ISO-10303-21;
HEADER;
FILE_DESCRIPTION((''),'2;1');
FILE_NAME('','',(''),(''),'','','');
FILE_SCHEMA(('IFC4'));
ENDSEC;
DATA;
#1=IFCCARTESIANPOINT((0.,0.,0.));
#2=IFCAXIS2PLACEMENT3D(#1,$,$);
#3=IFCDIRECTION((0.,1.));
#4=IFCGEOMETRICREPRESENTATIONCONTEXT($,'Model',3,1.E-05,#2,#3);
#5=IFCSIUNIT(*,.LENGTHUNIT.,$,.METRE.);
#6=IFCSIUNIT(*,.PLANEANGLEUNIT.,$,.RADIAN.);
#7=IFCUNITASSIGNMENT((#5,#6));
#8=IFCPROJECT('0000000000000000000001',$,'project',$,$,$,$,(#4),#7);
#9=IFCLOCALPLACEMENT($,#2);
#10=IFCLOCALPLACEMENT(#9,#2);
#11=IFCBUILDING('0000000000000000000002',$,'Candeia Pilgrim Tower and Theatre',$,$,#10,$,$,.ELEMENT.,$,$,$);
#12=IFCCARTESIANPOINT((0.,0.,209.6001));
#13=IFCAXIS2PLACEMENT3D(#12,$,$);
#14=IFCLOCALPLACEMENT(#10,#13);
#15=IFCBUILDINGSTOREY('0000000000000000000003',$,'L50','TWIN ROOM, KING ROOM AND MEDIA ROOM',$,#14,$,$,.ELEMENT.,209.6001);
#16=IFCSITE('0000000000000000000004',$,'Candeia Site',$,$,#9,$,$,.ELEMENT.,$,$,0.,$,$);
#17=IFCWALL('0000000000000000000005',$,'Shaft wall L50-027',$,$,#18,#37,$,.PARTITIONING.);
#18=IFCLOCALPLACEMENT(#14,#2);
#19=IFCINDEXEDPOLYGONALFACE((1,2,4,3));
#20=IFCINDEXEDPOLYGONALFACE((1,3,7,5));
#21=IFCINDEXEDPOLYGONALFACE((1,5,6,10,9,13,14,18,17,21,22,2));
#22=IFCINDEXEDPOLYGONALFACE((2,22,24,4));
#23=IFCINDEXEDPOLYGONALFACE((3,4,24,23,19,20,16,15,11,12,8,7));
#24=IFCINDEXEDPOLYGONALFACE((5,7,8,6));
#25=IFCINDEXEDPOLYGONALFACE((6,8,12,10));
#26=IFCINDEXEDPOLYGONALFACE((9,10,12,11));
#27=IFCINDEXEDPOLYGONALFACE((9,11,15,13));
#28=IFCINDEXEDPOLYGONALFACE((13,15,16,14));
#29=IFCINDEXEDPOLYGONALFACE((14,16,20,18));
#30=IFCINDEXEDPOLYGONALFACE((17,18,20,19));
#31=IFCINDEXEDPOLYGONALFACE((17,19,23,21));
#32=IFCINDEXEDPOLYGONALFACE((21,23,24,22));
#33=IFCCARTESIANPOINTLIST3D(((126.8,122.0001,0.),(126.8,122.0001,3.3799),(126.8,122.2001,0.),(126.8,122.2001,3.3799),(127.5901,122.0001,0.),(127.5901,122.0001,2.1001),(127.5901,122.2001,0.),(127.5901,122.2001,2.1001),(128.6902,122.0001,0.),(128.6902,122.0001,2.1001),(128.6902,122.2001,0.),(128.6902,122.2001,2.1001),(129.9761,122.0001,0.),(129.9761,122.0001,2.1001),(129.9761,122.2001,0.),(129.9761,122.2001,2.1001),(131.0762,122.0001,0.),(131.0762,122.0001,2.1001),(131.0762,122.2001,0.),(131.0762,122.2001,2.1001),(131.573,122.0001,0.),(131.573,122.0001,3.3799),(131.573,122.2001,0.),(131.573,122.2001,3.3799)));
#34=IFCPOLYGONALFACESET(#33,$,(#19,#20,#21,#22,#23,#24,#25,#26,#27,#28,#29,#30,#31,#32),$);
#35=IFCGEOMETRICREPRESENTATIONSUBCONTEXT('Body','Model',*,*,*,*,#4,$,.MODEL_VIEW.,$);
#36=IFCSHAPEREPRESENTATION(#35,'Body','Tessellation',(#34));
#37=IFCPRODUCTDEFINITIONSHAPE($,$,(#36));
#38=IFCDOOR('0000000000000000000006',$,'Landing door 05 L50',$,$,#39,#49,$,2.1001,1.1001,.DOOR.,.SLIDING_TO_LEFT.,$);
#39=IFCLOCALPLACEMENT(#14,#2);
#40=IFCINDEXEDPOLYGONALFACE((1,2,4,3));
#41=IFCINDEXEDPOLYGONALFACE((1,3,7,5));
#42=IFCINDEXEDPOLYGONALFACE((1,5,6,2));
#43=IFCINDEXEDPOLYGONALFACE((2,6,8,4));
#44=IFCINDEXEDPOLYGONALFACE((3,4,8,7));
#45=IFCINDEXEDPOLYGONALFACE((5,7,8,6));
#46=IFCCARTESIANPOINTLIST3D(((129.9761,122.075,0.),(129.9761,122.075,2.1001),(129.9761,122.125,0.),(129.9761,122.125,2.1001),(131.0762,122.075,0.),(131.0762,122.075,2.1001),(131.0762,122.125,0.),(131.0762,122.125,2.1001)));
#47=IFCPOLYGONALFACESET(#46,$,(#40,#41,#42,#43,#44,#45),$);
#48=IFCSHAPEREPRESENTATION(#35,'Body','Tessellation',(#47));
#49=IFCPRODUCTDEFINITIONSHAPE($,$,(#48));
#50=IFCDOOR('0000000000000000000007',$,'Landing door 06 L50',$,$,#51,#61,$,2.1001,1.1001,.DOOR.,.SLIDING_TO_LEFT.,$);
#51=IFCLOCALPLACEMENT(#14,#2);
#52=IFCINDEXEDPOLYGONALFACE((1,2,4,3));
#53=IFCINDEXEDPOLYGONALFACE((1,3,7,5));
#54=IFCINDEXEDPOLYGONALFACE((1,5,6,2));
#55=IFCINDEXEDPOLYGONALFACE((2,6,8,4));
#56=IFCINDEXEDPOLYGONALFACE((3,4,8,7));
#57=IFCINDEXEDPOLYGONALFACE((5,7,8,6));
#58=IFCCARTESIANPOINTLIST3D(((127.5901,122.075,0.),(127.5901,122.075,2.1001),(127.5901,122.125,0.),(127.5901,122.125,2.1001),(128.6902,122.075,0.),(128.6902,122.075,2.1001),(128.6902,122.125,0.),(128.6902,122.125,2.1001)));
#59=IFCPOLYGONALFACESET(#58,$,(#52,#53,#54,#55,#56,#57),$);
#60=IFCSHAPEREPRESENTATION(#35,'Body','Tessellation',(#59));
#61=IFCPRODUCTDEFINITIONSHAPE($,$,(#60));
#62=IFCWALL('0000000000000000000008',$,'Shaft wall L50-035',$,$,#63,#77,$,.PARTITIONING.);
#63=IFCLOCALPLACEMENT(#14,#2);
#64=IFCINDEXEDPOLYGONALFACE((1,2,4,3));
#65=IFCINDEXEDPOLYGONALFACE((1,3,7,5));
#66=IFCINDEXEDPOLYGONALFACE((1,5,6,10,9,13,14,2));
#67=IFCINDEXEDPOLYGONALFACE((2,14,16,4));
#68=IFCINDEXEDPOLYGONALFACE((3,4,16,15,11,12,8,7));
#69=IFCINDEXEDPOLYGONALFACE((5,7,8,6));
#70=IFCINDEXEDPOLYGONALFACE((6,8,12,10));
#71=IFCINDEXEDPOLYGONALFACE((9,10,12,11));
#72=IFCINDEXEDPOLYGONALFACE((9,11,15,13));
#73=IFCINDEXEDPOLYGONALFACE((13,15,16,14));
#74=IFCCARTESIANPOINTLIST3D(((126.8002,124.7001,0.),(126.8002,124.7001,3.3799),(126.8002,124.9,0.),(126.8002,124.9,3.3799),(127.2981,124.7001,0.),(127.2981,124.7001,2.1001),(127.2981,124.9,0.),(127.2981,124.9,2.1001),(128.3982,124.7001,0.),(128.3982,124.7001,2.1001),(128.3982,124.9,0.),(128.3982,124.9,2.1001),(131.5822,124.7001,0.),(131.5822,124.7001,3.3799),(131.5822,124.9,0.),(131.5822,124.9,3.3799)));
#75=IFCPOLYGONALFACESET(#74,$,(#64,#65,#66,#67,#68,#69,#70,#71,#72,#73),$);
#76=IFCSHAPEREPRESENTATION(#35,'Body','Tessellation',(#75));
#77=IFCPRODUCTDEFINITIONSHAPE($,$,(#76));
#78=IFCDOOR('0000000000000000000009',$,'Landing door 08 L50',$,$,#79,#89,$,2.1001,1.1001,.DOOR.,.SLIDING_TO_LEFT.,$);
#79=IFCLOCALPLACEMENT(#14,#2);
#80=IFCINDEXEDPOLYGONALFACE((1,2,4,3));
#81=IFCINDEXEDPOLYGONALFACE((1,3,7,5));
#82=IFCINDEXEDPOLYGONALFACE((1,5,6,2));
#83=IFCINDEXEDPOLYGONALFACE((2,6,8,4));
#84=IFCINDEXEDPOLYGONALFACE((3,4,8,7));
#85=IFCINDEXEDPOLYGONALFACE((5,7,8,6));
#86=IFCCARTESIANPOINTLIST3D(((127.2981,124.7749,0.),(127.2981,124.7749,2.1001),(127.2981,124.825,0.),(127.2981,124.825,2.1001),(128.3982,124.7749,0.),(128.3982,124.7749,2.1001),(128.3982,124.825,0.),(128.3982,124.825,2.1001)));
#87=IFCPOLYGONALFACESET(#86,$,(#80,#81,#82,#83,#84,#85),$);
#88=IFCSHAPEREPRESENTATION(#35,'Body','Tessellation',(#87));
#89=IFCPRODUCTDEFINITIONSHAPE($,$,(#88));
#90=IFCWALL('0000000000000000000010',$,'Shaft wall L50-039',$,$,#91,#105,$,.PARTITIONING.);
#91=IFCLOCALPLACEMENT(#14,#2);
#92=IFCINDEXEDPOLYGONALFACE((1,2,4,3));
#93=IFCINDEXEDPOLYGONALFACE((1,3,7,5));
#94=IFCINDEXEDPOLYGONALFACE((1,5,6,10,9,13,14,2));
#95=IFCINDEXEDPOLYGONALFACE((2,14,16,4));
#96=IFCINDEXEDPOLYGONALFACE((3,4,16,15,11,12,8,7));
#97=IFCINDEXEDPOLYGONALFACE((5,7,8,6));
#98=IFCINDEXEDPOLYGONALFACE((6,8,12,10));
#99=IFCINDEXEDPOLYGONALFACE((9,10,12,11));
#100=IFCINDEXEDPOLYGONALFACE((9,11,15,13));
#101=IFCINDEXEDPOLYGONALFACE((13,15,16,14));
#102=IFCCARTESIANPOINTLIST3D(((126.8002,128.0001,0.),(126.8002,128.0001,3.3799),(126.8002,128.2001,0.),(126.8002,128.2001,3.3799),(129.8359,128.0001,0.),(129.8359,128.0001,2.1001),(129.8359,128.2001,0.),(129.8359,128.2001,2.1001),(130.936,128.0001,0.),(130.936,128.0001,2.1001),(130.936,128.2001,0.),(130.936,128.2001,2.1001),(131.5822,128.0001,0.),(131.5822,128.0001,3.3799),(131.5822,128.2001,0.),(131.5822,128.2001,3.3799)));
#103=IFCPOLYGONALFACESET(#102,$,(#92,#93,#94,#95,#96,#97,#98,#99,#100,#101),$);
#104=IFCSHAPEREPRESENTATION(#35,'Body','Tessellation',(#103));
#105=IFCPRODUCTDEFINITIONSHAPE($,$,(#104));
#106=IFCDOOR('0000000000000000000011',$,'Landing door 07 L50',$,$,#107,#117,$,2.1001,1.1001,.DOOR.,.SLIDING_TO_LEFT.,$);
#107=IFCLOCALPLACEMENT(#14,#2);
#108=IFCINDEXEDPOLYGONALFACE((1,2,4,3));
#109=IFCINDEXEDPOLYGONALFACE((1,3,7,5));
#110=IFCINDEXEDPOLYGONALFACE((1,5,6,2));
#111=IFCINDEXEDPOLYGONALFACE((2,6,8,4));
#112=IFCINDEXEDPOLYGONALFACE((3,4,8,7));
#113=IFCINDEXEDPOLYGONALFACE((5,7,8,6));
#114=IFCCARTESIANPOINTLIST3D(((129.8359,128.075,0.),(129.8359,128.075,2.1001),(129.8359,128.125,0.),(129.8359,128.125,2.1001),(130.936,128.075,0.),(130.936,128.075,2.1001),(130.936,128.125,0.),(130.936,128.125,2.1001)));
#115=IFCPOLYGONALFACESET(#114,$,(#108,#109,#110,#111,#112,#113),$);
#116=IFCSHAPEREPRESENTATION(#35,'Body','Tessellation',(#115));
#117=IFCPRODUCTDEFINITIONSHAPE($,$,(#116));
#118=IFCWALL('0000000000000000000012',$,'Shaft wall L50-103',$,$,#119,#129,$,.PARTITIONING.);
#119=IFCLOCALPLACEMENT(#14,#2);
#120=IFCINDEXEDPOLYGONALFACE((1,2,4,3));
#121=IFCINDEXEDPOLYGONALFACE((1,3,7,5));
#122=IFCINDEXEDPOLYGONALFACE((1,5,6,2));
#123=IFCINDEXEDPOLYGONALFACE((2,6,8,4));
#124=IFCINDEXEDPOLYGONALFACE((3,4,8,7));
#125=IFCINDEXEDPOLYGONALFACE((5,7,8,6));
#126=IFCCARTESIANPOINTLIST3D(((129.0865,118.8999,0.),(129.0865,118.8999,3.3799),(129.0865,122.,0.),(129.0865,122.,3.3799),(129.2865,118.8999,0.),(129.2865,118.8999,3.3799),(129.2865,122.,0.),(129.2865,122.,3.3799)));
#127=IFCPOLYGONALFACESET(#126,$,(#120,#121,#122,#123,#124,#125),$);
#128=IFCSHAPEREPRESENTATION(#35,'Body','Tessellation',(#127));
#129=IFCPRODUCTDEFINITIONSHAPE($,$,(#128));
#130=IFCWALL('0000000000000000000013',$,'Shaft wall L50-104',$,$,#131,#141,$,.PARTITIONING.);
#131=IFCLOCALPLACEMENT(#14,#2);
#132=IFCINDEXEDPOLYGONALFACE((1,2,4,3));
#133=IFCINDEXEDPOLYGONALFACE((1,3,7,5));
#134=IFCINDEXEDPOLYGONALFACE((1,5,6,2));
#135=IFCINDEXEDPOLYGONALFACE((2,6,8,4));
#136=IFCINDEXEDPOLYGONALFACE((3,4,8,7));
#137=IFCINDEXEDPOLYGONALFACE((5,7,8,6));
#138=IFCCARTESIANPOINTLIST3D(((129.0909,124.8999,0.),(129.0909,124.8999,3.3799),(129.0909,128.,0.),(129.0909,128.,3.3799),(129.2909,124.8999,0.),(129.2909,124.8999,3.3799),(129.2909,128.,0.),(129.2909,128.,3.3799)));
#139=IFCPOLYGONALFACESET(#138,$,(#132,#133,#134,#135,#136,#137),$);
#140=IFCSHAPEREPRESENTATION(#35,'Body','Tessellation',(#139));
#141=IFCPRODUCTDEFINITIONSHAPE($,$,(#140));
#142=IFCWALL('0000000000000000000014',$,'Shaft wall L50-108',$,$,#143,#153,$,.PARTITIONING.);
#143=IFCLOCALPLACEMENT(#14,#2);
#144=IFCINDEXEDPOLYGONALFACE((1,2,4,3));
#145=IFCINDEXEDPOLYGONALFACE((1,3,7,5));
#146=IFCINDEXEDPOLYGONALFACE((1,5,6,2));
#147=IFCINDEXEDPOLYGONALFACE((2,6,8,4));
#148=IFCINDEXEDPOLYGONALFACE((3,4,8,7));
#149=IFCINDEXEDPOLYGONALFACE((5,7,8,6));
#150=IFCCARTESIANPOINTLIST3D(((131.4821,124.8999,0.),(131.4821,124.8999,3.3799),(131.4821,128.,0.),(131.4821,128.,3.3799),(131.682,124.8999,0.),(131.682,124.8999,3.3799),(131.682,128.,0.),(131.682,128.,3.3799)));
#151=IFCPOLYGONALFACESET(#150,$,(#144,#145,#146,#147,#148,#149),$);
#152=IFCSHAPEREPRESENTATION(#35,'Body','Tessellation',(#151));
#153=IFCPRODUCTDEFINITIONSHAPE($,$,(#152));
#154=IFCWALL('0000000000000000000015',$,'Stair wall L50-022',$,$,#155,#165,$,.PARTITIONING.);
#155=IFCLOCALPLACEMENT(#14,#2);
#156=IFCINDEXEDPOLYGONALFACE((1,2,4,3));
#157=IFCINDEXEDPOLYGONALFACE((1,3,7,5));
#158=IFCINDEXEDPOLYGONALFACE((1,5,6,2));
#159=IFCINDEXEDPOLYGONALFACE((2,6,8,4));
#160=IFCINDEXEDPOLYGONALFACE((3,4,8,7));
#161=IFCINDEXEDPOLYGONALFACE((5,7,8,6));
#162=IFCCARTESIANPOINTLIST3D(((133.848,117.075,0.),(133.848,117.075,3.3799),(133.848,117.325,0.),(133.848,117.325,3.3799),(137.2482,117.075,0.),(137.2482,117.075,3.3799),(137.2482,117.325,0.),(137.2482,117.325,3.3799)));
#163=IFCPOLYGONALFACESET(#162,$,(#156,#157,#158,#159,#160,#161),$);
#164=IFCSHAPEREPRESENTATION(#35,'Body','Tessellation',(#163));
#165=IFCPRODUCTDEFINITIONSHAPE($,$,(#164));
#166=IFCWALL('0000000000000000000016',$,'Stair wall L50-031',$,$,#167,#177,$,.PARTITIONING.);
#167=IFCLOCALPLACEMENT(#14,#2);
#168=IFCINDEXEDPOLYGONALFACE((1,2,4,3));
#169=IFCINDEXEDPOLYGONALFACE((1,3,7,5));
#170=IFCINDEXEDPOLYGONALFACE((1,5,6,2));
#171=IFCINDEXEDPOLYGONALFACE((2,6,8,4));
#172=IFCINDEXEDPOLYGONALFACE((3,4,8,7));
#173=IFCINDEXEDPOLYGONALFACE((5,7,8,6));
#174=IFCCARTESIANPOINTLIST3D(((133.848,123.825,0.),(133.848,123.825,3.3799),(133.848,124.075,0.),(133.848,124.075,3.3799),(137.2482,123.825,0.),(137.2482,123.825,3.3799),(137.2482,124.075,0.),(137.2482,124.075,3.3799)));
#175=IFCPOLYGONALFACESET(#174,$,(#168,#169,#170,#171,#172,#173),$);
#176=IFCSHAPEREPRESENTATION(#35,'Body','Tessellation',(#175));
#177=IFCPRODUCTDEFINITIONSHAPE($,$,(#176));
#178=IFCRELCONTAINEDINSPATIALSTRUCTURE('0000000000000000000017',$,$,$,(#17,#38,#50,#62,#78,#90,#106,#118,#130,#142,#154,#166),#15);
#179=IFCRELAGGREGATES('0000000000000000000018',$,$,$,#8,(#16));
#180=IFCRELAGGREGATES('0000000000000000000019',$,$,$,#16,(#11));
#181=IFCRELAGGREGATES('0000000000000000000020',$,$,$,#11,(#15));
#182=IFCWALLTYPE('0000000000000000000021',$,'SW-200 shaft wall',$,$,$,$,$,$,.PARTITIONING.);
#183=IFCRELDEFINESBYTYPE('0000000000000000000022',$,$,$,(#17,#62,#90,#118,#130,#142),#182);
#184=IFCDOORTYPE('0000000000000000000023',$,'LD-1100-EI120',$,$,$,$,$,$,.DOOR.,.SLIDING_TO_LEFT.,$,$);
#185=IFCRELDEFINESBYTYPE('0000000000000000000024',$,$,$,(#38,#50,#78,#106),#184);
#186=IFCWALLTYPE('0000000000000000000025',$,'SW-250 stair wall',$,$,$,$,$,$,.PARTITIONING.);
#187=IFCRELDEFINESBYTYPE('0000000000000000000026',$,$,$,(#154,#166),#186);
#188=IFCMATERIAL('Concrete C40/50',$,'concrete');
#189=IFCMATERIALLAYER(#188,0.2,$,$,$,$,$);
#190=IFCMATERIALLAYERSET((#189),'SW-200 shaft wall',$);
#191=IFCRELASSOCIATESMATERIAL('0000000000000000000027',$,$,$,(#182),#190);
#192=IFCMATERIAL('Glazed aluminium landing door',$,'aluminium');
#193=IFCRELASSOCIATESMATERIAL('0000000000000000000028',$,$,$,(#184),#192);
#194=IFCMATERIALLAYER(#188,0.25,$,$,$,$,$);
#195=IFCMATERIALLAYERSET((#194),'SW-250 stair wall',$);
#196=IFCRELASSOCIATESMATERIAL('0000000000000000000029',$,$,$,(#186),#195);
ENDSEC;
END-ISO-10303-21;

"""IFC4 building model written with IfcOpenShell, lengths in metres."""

from ifc_helpers import new_model, si_unit, direction, frame, frame_2d, origin, place, context, subcontext, project, spatial, rectangle, extrude, material, layer, layer_set, type_object, element, fill, save


model = new_model("IFC4")

# Units and contexts
model_context = context("Model", 3, precision=1e-05, world=origin(), true_north=direction((0.0, 1.0)))
body_context = subcontext(model_context, "Body", "Model", "MODEL_VIEW")
ifc_project = project(units=[si_unit("LENGTHUNIT", "METRE"), si_unit("PLANEANGLEUNIT", "RADIAN")], contexts=[model_context])

# Site, building, storey
site_placement = place(None, origin())
site = spatial("IfcSite", under=ifc_project, at=site_placement, Name="Candeia Site", CompositionType="ELEMENT", RefElevation=0.0)
building_placement = place(site_placement, origin())
building = spatial("IfcBuilding", under=site, at=building_placement, Name="Candeia Pilgrim Tower and Theatre", CompositionType="ELEMENT")
storey_placement = place(building_placement, frame((0.0, 0.0, 209.6001)))
storey = spatial("IfcBuildingStorey", under=building, at=storey_placement, Name="L50", Description="TWIN ROOM, KING ROOM AND MEDIA ROOM", CompositionType="ELEMENT", Elevation=209.6001)

# Shared definitions
ifc_material_1 = material(Name="Concrete C40/50", Category="concrete")
ifc_layer_1 = layer(ifc_material_1, 0.2)
ifc_layer_set_1 = layer_set([ifc_layer_1], Name="SW-200 shaft wall")
wall_type_1 = type_object("IfcWallType", Name="SW-200 shaft wall", PredefinedType="PARTITIONING", material=ifc_layer_set_1)

# Wall, openings, doors
wall_1_placement = place(storey_placement, frame((126.8, 122.1001, 0.0), z_axis=(0.0, 0.0, 1.0), x_axis=(1.0, 0.0, 0.0)))
wall_1 = element("IfcWall", 1, at=wall_1_placement, inside=storey, type_object=wall_type_1, Name="Shaft wall L50-027", PredefinedType="PARTITIONING", context=body_context, shape_type="SweptSolid", body=[
    extrude(rectangle(XDim=4.7729, YDim=0.2, at=frame_2d((2.3865, 0.0))), origin(), (0.0, 0.0, 1.0), 3.3799),
])
opening_1_placement = place(wall_1_placement, frame((3.176, 0.0, 0.0)))
opening_1 = element("IfcOpeningElement", 2, at=opening_1_placement, cuts=wall_1, PredefinedType="OPENING", context=body_context, shape_type="SweptSolid", body=[
    extrude(rectangle(XDim=1.1001, YDim=2.1001, at=frame_2d((0.55, 1.05))), frame((0.0, 0.1099, 0.0), z_axis=(0.0, -1.0, 0.0), x_axis=(1.0, 0.0, 0.0)), (0.0, 0.0, 1.0), 0.22),
])
opening_2_placement = place(wall_1_placement, frame((0.79, 0.0, 0.0)))
opening_2 = element("IfcOpeningElement", 3, at=opening_2_placement, cuts=wall_1, PredefinedType="OPENING", context=body_context, shape_type="SweptSolid", body=[
    extrude(rectangle(XDim=1.1001, YDim=2.1001, at=frame_2d((0.55, 1.05))), frame((0.0, 0.1099, 0.0), z_axis=(0.0, -1.0, 0.0), x_axis=(1.0, 0.0, 0.0)), (0.0, 0.0, 1.0), 0.22),
])
ifc_material_2 = material(Name="Glazed aluminium landing door", Category="aluminium")
door_type_1 = type_object("IfcDoorType", Name="LD-1100-EI120", OperationType="SLIDING_TO_LEFT", PredefinedType="DOOR", material=ifc_material_2)
door_1_placement = place(opening_1_placement, origin())
door_1 = element("IfcDoor", 4, at=door_1_placement, inside=storey, type_object=door_type_1, Name="Landing door 05 L50", OperationType="SLIDING_TO_LEFT", OverallHeight=2.1001, OverallWidth=1.1001, PredefinedType="DOOR", context=body_context, shape_type="SweptSolid", body=[
    extrude(rectangle(XDim=1.1001, YDim=2.1001, at=frame_2d((0.55, 1.05))), frame((0.0, 0.0249, 0.0), z_axis=(0.0, -1.0, 0.0), x_axis=(1.0, 0.0, 0.0)), (0.0, 0.0, 1.0), 0.05),
])
fill(opening_1, door_1)
door_2_placement = place(opening_2_placement, origin())
door_2 = element("IfcDoor", 5, at=door_2_placement, inside=storey, type_object=door_type_1, Name="Landing door 06 L50", OperationType="SLIDING_TO_LEFT", OverallHeight=2.1001, OverallWidth=1.1001, PredefinedType="DOOR", context=body_context, shape_type="SweptSolid", body=[
    extrude(rectangle(XDim=1.1001, YDim=2.1001, at=frame_2d((0.55, 1.05))), frame((0.0, 0.0249, 0.0), z_axis=(0.0, -1.0, 0.0), x_axis=(1.0, 0.0, 0.0)), (0.0, 0.0, 1.0), 0.05),
])
fill(opening_2, door_2)

# Walls, openings, doors
wall_2_placement = place(storey_placement, frame((126.8, 124.8, 0.0), z_axis=(0.0, 0.0, 1.0), x_axis=(1.0, 0.0, 0.0)))
wall_2 = element("IfcWall", 6, at=wall_2_placement, inside=storey, type_object=wall_type_1, Name="Shaft wall L50-035", PredefinedType="PARTITIONING", context=body_context, shape_type="SweptSolid", body=[
    extrude(rectangle(XDim=4.782, YDim=0.2, at=frame_2d((2.3911, 0.0))), origin(), (0.0, 0.0, 1.0), 3.3799),
])
opening_3_placement = place(wall_2_placement, frame((0.498, 0.0, 0.0)))
opening_3 = element("IfcOpeningElement", 7, at=opening_3_placement, cuts=wall_2, PredefinedType="OPENING", context=body_context, shape_type="SweptSolid", body=[
    extrude(rectangle(XDim=1.1001, YDim=2.1001, at=frame_2d((0.55, 1.05))), frame((0.0, 0.1099, 0.0), z_axis=(0.0, -1.0, 0.0), x_axis=(1.0, 0.0, 0.0)), (0.0, 0.0, 1.0), 0.22),
])
door_3_placement = place(opening_3_placement, origin())
door_3 = element("IfcDoor", 8, at=door_3_placement, inside=storey, type_object=door_type_1, Name="Landing door 08 L50", OperationType="SLIDING_TO_LEFT", OverallHeight=2.1001, OverallWidth=1.1001, PredefinedType="DOOR", context=body_context, shape_type="SweptSolid", body=[
    extrude(rectangle(XDim=1.1001, YDim=2.1001, at=frame_2d((0.55, 1.05))), frame((0.0, 0.0249, 0.0), z_axis=(0.0, -1.0, 0.0), x_axis=(1.0, 0.0, 0.0)), (0.0, 0.0, 1.0), 0.05),
])
fill(opening_3, door_3)
wall_3_placement = place(storey_placement, frame((126.8, 128.1001, 0.0), z_axis=(0.0, 0.0, 1.0), x_axis=(1.0, 0.0, 0.0)))
wall_3 = element("IfcWall", 9, at=wall_3_placement, inside=storey, type_object=wall_type_1, Name="Shaft wall L50-039", PredefinedType="PARTITIONING", context=body_context, shape_type="SweptSolid", body=[
    extrude(rectangle(XDim=4.782, YDim=0.2, at=frame_2d((2.3911, 0.0))), origin(), (0.0, 0.0, 1.0), 3.3799),
])
opening_4_placement = place(wall_3_placement, frame((3.0359, 0.0, 0.0)))
opening_4 = element("IfcOpeningElement", 10, at=opening_4_placement, cuts=wall_3, PredefinedType="OPENING", context=body_context, shape_type="SweptSolid", body=[
    extrude(rectangle(XDim=1.1001, YDim=2.1001, at=frame_2d((0.55, 1.05))), frame((0.0, 0.1099, 0.0), z_axis=(0.0, -1.0, 0.0), x_axis=(1.0, 0.0, 0.0)), (0.0, 0.0, 1.0), 0.22),
])
door_4_placement = place(opening_4_placement, origin())
door_4 = element("IfcDoor", 11, at=door_4_placement, inside=storey, type_object=door_type_1, Name="Landing door 07 L50", OperationType="SLIDING_TO_LEFT", OverallHeight=2.1001, OverallWidth=1.1001, PredefinedType="DOOR", context=body_context, shape_type="SweptSolid", body=[
    extrude(rectangle(XDim=1.1001, YDim=2.1001, at=frame_2d((0.55, 1.05))), frame((0.0, 0.0249, 0.0), z_axis=(0.0, -1.0, 0.0), x_axis=(1.0, 0.0, 0.0)), (0.0, 0.0, 1.0), 0.05),
])
fill(opening_4, door_4)

# Walls
for number, where, z_axis, x_axis, name in (
    (12, (129.1865, 118.8999, 0.0), (0.0, 0.0, 1.0), (0.0, 1.0, 0.0), "Shaft wall L50-103"),
    (13, (129.1909, 124.8999, 0.0), (0.0, 0.0, 1.0), (0.0, 1.0, 0.0), "Shaft wall L50-104"),
    (14, (131.582, 124.8999, 0.0), (0.0, 0.0, 1.0), (0.0, 1.0, 0.0), "Shaft wall L50-108"),
):
    element("IfcWall", number, at=place(storey_placement, frame(where, z_axis=z_axis, x_axis=x_axis)), inside=storey, type_object=wall_type_1, Name=name, PredefinedType="PARTITIONING", context=body_context, shape_type="SweptSolid", body=[
        extrude(rectangle(XDim=3.1001, YDim=0.2, at=frame_2d((1.55, 0.0))), origin(), (0.0, 0.0, 1.0), 3.3799),
    ])
ifc_layer_2 = layer(ifc_material_1, 0.25)
ifc_layer_set_2 = layer_set([ifc_layer_2], Name="SW-250 stair wall")
wall_type_2 = type_object("IfcWallType", Name="SW-250 stair wall", PredefinedType="PARTITIONING", material=ifc_layer_set_2)
for number, where, z_axis, x_axis, name in (
    (15, (133.8479, 117.2, 0.0), (0.0, 0.0, 1.0), (1.0, 0.0, 0.0), "Stair wall L50-022"),
    (16, (133.8479, 123.95, 0.0), (0.0, 0.0, 1.0), (1.0, 0.0, 0.0), "Stair wall L50-031"),
):
    element("IfcWall", number, at=place(storey_placement, frame(where, z_axis=z_axis, x_axis=x_axis)), inside=storey, type_object=wall_type_2, Name=name, PredefinedType="PARTITIONING", context=body_context, shape_type="SweptSolid", body=[
        extrude(rectangle(XDim=3.4001, YDim=0.25, at=frame_2d((1.7002, 0.0))), origin(), (0.0, 0.0, 1.0), 3.3799),
    ])

save(model, "model.ifc")
